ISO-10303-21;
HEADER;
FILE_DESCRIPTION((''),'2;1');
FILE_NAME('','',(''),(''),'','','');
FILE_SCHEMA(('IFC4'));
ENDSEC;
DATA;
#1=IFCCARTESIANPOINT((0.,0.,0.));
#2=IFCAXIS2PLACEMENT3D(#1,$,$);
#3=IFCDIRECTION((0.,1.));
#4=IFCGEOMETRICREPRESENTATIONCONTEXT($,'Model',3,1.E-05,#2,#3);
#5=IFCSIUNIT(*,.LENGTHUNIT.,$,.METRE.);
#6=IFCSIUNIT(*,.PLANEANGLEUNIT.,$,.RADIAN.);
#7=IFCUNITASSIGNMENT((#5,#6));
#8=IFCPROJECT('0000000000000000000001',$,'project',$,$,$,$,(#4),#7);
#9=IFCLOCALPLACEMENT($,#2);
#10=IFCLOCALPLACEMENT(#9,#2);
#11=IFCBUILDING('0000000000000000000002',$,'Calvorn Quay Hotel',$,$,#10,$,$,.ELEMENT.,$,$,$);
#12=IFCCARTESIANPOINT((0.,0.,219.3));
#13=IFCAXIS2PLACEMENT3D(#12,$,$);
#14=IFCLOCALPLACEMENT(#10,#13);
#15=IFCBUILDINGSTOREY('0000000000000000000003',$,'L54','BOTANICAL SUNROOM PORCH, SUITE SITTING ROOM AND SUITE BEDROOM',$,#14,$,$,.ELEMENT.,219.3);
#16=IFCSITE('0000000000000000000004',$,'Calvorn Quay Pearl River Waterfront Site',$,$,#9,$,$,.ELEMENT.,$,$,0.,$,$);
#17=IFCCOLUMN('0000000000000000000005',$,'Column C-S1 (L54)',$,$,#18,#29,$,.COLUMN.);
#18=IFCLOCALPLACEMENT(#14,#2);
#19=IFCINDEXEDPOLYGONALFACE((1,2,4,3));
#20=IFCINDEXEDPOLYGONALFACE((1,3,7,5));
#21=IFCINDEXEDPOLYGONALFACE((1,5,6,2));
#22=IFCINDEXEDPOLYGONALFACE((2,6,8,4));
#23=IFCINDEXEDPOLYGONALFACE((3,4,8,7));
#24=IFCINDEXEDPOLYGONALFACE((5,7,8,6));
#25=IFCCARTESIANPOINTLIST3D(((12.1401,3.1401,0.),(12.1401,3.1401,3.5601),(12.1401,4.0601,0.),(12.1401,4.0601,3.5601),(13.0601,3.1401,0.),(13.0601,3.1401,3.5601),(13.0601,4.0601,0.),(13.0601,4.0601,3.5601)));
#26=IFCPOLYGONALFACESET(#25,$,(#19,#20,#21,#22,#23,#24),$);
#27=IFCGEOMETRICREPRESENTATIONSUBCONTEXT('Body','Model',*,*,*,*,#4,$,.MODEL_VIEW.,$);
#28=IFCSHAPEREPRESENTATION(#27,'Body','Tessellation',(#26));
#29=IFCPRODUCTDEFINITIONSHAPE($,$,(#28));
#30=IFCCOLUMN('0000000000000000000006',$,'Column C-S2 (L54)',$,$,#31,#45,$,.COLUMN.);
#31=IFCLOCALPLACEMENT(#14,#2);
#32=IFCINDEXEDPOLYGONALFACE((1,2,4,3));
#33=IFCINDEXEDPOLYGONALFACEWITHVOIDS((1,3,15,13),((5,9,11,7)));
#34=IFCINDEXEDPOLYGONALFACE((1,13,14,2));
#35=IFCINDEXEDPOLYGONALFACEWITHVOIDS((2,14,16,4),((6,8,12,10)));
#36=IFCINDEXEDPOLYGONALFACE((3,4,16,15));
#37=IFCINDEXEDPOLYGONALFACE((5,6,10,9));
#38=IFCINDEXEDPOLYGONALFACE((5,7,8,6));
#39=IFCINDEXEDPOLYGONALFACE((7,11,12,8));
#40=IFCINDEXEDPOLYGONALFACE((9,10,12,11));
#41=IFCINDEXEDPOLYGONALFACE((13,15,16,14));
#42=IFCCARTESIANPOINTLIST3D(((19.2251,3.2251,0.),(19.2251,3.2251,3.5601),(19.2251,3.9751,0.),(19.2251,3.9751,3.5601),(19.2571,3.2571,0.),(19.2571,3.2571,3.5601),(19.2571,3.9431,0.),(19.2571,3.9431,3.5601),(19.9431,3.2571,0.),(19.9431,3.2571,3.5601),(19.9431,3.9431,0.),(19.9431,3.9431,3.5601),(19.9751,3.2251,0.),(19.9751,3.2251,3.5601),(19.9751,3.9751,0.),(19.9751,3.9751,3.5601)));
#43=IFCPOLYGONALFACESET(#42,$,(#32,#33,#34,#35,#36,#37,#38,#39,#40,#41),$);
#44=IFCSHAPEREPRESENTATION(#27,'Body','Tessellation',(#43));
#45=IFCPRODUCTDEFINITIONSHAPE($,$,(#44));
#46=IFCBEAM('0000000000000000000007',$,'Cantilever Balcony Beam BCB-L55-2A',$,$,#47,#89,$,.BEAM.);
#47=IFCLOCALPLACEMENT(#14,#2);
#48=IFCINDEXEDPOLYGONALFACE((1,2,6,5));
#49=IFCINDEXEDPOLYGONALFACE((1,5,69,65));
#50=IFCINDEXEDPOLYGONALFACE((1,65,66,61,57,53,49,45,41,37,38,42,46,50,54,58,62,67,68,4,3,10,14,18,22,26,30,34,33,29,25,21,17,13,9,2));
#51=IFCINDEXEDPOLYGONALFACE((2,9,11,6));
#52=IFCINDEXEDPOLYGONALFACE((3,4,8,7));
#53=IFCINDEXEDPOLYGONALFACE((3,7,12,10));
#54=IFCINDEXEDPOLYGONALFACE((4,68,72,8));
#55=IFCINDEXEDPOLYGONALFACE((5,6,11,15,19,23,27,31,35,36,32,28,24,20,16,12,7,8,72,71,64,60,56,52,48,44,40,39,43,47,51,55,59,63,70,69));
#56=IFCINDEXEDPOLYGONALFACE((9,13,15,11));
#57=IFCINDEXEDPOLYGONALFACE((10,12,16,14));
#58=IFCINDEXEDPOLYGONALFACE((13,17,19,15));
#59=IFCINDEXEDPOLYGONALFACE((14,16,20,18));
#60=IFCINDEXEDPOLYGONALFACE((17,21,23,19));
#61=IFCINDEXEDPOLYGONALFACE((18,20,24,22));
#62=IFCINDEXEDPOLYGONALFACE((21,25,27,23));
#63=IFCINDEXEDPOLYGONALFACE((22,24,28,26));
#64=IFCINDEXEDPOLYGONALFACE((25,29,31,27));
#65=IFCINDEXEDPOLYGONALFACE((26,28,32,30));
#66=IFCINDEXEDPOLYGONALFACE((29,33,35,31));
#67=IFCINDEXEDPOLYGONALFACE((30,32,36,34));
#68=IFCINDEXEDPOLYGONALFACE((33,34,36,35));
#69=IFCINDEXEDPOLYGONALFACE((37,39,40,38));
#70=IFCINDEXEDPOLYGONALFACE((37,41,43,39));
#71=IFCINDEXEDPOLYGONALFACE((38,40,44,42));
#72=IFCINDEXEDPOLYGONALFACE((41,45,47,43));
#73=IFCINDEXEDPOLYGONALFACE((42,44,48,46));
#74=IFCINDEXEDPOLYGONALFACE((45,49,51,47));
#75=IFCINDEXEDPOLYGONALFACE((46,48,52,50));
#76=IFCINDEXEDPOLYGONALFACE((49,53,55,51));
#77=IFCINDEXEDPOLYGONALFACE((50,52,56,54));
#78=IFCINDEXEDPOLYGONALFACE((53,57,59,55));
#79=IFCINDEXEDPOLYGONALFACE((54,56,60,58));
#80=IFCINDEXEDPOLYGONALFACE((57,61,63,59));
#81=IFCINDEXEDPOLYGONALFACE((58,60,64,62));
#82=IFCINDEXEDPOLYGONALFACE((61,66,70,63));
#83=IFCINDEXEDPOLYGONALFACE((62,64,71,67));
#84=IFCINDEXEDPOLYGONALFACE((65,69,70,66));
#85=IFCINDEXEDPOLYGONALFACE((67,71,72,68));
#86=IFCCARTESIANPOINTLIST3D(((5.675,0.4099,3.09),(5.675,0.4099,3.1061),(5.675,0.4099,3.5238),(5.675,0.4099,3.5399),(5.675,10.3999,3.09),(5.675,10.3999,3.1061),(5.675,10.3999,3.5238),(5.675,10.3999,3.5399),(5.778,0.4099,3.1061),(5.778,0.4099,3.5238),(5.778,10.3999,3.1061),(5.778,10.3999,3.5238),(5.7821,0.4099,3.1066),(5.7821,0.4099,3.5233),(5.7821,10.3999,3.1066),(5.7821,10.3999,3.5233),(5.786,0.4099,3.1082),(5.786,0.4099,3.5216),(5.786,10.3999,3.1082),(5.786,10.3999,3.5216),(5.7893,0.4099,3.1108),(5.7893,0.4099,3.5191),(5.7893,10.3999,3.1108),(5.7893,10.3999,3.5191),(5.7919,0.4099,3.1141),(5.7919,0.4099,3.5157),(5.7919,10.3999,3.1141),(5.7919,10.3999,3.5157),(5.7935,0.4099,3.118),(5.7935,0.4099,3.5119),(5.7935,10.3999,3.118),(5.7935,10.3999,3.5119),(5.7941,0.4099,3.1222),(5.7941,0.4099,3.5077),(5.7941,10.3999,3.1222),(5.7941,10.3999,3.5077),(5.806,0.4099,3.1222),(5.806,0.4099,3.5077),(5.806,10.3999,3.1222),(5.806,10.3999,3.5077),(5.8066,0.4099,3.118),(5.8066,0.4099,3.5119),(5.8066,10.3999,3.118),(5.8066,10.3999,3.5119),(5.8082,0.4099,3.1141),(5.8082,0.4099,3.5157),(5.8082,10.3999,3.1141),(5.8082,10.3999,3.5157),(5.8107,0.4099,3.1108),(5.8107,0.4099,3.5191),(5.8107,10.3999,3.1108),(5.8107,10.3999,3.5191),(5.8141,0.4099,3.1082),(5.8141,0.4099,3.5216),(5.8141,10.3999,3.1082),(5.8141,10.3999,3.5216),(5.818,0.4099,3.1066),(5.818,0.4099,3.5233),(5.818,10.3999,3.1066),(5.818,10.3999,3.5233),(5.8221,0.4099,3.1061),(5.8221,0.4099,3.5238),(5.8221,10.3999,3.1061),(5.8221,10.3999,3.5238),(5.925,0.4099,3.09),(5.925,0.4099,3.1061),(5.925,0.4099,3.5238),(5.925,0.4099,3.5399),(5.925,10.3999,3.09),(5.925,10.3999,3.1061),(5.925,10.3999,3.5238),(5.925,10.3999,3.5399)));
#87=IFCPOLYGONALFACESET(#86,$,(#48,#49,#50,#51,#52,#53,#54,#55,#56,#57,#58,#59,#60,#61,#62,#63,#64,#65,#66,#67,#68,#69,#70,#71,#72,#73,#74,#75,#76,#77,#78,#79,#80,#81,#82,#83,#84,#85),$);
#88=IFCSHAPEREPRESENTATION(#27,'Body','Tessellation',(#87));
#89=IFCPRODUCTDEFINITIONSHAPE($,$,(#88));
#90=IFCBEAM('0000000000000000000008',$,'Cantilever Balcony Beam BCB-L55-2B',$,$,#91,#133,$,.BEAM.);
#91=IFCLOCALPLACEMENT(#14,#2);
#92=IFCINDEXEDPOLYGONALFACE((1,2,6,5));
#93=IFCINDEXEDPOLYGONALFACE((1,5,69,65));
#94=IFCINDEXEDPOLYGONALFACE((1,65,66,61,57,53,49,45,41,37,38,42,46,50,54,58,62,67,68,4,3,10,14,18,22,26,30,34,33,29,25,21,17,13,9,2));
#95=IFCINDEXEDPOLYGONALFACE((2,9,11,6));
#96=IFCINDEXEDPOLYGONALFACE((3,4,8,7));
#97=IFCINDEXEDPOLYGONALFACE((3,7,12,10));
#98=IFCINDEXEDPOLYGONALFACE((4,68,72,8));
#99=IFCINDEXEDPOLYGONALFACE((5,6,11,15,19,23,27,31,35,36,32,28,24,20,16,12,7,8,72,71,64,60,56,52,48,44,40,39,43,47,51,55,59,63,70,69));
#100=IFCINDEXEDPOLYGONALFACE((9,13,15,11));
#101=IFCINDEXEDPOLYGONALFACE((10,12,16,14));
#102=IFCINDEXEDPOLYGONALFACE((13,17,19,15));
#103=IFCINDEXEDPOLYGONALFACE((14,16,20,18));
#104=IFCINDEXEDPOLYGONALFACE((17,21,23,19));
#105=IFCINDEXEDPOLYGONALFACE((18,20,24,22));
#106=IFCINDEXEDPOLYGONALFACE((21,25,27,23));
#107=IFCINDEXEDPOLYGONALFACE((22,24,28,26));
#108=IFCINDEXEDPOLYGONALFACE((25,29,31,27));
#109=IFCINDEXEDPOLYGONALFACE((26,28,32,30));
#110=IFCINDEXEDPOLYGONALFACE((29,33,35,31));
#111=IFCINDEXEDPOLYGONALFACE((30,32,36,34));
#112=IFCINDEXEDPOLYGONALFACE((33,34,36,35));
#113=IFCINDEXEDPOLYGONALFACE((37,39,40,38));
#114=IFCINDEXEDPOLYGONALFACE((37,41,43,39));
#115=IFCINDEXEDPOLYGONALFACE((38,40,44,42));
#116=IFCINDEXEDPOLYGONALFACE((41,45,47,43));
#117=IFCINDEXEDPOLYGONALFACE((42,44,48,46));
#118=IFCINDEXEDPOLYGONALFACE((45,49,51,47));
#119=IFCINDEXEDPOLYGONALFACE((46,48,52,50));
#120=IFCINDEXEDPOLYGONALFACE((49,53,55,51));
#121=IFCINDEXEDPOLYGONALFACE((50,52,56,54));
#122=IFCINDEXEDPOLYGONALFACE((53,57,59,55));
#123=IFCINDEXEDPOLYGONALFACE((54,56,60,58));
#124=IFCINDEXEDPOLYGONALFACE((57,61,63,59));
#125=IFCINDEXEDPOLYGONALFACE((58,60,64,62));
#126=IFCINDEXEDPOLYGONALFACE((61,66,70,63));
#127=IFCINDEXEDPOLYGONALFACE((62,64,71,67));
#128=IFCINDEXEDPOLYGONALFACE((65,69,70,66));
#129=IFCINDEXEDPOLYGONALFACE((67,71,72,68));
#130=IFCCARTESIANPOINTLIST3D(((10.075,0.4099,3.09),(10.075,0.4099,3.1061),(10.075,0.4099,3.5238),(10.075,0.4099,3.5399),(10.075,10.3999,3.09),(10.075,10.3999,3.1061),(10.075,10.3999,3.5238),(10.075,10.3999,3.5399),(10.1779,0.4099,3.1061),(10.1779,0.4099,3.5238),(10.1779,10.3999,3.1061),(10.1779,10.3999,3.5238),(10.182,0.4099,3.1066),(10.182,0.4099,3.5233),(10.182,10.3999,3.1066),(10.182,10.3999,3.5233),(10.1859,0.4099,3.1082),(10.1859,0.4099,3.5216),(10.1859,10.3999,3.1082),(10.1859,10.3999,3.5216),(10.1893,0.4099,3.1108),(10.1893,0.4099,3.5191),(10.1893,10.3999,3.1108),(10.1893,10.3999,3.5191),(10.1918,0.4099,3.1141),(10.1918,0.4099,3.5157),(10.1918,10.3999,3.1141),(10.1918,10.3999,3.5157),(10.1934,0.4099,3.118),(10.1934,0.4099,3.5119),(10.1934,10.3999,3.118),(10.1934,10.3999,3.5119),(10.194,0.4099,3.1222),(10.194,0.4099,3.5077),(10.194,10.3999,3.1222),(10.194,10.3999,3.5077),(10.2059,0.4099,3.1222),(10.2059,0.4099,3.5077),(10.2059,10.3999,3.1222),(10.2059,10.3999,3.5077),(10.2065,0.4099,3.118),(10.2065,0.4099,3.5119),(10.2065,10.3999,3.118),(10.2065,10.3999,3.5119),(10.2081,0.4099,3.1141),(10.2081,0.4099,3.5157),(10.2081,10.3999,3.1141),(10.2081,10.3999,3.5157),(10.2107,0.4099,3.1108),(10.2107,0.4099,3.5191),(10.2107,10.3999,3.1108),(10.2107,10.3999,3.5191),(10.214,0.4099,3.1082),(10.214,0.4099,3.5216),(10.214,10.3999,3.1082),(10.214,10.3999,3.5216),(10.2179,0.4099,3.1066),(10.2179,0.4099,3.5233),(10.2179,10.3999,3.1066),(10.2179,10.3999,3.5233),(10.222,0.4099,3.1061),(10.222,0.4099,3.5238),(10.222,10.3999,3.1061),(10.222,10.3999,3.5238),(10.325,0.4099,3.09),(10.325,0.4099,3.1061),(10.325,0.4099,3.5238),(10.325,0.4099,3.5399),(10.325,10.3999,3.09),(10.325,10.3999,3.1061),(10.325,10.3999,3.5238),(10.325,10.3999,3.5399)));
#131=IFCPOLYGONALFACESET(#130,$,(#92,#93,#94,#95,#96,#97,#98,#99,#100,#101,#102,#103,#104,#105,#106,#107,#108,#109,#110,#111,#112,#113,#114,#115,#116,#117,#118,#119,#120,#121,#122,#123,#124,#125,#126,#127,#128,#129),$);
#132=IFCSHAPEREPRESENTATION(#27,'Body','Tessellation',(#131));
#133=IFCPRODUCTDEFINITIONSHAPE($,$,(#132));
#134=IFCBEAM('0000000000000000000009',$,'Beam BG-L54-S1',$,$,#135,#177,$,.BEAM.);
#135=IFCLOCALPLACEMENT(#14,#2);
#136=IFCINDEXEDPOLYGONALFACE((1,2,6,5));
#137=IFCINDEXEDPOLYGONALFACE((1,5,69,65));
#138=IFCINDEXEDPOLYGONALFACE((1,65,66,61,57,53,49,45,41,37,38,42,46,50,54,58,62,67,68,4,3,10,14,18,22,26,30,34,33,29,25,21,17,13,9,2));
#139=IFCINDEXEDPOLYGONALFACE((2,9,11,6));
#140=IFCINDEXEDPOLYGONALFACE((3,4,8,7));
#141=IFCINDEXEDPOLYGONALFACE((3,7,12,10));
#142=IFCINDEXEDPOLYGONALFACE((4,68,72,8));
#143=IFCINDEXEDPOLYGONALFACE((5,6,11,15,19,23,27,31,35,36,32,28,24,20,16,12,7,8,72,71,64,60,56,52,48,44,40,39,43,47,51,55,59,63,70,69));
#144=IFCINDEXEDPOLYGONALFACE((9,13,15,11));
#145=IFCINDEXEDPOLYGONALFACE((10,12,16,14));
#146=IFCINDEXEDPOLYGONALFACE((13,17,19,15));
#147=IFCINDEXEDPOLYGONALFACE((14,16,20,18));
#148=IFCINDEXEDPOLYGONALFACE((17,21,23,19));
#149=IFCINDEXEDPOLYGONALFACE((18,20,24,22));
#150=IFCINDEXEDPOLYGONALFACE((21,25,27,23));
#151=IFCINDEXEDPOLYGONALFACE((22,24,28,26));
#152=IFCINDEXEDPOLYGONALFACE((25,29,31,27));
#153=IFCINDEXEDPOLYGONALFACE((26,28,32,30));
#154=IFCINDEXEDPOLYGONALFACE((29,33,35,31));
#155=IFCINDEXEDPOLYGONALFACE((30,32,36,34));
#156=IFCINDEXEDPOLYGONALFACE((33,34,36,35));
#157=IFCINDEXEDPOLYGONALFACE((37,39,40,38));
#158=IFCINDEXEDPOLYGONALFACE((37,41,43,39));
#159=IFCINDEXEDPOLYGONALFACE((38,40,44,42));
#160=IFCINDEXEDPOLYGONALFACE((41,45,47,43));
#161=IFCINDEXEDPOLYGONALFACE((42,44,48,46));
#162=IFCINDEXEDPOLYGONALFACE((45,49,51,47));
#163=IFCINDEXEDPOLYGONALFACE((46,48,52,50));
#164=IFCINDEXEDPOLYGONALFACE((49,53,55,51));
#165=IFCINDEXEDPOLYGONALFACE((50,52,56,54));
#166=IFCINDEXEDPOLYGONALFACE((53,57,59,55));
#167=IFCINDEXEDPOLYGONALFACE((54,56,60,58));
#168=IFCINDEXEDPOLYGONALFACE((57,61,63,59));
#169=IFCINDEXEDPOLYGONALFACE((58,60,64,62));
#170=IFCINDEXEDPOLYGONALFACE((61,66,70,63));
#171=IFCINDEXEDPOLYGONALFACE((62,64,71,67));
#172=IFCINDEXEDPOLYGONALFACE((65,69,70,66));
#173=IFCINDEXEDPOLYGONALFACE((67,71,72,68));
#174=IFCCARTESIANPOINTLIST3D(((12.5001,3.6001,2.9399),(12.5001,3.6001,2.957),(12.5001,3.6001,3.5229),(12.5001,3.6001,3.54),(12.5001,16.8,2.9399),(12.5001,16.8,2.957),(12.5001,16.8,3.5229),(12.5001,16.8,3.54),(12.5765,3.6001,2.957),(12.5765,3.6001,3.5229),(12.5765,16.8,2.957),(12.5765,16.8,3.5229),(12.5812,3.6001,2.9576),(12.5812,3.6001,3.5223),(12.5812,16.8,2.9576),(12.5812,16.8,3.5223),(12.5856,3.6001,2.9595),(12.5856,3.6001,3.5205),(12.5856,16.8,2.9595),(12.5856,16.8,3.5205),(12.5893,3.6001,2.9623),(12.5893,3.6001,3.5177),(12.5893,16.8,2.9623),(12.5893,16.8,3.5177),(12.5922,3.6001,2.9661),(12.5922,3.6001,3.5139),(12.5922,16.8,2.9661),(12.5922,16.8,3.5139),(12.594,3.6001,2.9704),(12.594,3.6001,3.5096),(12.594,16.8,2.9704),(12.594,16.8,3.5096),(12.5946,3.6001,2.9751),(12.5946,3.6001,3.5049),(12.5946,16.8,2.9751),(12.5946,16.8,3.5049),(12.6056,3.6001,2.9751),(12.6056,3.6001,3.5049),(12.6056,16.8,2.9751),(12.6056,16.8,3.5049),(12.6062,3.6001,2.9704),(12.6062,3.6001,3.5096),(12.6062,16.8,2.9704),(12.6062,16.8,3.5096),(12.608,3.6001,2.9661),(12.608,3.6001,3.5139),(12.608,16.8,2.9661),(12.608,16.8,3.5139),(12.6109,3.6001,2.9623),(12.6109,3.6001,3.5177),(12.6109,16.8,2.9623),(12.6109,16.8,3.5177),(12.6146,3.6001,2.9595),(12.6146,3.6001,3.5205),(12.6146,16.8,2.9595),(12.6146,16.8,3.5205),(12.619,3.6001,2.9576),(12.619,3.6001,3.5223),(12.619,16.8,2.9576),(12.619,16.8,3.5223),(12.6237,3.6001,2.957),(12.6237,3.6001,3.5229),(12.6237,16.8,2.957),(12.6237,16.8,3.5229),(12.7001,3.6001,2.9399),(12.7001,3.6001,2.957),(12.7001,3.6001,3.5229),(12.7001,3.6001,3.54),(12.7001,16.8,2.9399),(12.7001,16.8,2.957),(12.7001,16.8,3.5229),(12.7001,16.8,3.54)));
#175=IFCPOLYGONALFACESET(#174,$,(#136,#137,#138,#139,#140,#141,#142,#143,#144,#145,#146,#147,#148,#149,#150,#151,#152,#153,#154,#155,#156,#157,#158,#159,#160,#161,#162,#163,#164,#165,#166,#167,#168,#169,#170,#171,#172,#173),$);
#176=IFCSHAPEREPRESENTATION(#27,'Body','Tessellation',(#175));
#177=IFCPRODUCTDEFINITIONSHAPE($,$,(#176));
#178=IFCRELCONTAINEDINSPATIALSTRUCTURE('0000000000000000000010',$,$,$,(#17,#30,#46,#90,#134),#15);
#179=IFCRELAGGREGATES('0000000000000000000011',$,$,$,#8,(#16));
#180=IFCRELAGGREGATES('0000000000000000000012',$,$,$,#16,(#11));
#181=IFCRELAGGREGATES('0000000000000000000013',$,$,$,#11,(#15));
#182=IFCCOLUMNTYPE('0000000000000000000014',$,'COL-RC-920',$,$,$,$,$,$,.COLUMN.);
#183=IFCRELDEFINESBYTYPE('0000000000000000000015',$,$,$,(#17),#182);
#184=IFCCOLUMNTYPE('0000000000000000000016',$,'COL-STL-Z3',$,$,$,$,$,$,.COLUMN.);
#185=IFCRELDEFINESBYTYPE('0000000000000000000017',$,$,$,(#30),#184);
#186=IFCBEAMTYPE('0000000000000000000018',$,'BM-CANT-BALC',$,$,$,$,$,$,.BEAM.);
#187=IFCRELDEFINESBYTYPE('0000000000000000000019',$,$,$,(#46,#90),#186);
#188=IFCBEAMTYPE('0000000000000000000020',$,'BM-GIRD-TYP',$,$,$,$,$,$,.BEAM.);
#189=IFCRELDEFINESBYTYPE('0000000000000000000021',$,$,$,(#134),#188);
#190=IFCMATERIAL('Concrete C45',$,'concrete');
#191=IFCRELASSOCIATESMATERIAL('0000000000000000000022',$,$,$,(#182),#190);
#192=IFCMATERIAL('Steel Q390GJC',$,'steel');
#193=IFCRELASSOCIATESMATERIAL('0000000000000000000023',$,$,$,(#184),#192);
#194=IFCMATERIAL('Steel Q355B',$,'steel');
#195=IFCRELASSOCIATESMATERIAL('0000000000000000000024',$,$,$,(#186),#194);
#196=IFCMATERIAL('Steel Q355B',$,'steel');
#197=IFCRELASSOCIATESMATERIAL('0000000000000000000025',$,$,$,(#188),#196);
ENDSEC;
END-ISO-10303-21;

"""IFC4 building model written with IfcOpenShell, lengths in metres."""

from ifc_helpers import new_model, si_unit, direction, frame, origin, origin_2d, place, context, subcontext, project, spatial, rectangle, hollow_rectangle, i_section, extrude, material, material_profile, profile_set, type_object, element, save


model = new_model("IFC4")

# Units and contexts
model_context = context("Model", 3, precision=1e-05, world=origin(), true_north=direction((0.0, 1.0)))
body_context = subcontext(model_context, "Body", "Model", "MODEL_VIEW")
ifc_project = project(units=[si_unit("LENGTHUNIT", "METRE"), si_unit("PLANEANGLEUNIT", "RADIAN")], contexts=[model_context])

# Site, building, storey
site_placement = place(None, origin())
site = spatial("IfcSite", under=ifc_project, at=site_placement, Name="Calvorn Quay Pearl River Waterfront Site", CompositionType="ELEMENT", RefElevation=0.0)
building_placement = place(site_placement, origin())
building = spatial("IfcBuilding", under=site, at=building_placement, Name="Calvorn Quay Hotel", CompositionType="ELEMENT")
storey_placement = place(building_placement, frame((0.0, 0.0, 219.3)))
storey = spatial("IfcBuildingStorey", under=building, at=storey_placement, Name="L54", Description="BOTANICAL SUNROOM PORCH, SUITE SITTING ROOM AND SUITE BEDROOM", CompositionType="ELEMENT", Elevation=219.3)

# Columns
ifc_material_1 = material(Name="Concrete C45", Category="concrete")
ifc_material_profile_1 = material_profile(ifc_material_1, rectangle(XDim=0.9199, YDim=0.9199, at=origin_2d()), Name="RC920x920")
ifc_profile_set_1 = profile_set([ifc_material_profile_1], Name="Concrete C45")
column_type_1 = type_object("IfcColumnType", Name="COL-RC-920", PredefinedType="COLUMN", material=ifc_profile_set_1)
column_1_placement = place(storey_placement, frame((12.6001, 3.6001, 0.0), z_axis=(0.0, 0.0, 1.0), x_axis=(1.0, 0.0, 0.0)))
element("IfcColumn", 1, at=column_1_placement, inside=storey, type_object=column_type_1, Name="Column C-S1 (L54)", PredefinedType="COLUMN", context=body_context, shape_type="SweptSolid", body=[
    extrude(rectangle(XDim=0.9199, YDim=0.9199, at=origin_2d()), origin(), (0.0, 0.0, 1.0), 3.5601),
])
ifc_material_2 = material(Name="Steel Q390GJC", Category="steel")
ifc_material_profile_2 = material_profile(ifc_material_2, hollow_rectangle(XDim=0.75, YDim=0.75, WallThickness=0.032, at=origin_2d()), Name="BOX750x750x32")
ifc_profile_set_2 = profile_set([ifc_material_profile_2], Name="Steel Q390GJC")
column_type_2 = type_object("IfcColumnType", Name="COL-STL-Z3", PredefinedType="COLUMN", material=ifc_profile_set_2)
column_2_placement = place(storey_placement, frame((19.6001, 3.6001, 0.0), z_axis=(0.0, 0.0, 1.0), x_axis=(1.0, 0.0, 0.0)))
element("IfcColumn", 2, at=column_2_placement, inside=storey, type_object=column_type_2, Name="Column C-S2 (L54)", PredefinedType="COLUMN", context=body_context, shape_type="SweptSolid", body=[
    extrude(hollow_rectangle(XDim=0.75, YDim=0.75, WallThickness=0.032, at=origin_2d()), origin(), (0.0, 0.0, 1.0), 3.5601),
])

# Beams
ifc_material_3 = material(Name="Steel Q355B", Category="steel")
ifc_material_profile_3 = material_profile(ifc_material_3, i_section(OverallWidth=0.25, OverallDepth=0.45, WebThickness=0.012, FlangeThickness=0.0161, FilletRadius=0.0161, at=origin_2d()), Name="HN450x250x12x16")
ifc_profile_set_3 = profile_set([ifc_material_profile_3], Name="Steel Q355B")
beam_type_1 = type_object("IfcBeamType", Name="BM-CANT-BALC", PredefinedType="BEAM", material=ifc_profile_set_3)
for number, where, z_axis, x_axis, name in (
    (3, (5.8, 10.3999, 3.3149), (0.0, -1.0, 0.0), (1.0, 0.0, 0.0), "Cantilever Balcony Beam BCB-L55-2A"),
    (4, (10.2, 10.3999, 3.3149), (0.0, -1.0, 0.0), (1.0, 0.0, 0.0), "Cantilever Balcony Beam BCB-L55-2B"),
):
    element("IfcBeam", number, at=place(storey_placement, frame(where, z_axis=z_axis, x_axis=x_axis)), inside=storey, type_object=beam_type_1, Name=name, PredefinedType="BEAM", context=body_context, shape_type="SweptSolid", body=[
        extrude(i_section(OverallWidth=0.25, OverallDepth=0.45, WebThickness=0.012, FlangeThickness=0.0161, FilletRadius=0.0161, at=origin_2d()), origin(), (0.0, 0.0, 1.0), 9.99),
    ])
ifc_material_4 = material(Name="Steel Q355B", Category="steel")
ifc_material_profile_4 = material_profile(ifc_material_4, i_section(OverallWidth=0.2, OverallDepth=0.6001, WebThickness=0.011, FlangeThickness=0.0171, FilletRadius=0.0181, at=origin_2d()), Name="HN600x200x11x17")
ifc_profile_set_4 = profile_set([ifc_material_profile_4], Name="Steel Q355B")
beam_type_2 = type_object("IfcBeamType", Name="BM-GIRD-TYP", PredefinedType="BEAM", material=ifc_profile_set_4)
beam_1_placement = place(storey_placement, frame((12.6001, 3.6001, 3.24), z_axis=(0.0, 1.0, 0.0), x_axis=(-1.0, 0.0, 0.0)))
element("IfcBeam", 5, at=beam_1_placement, inside=storey, type_object=beam_type_2, Name="Beam BG-L54-S1", PredefinedType="BEAM", context=body_context, shape_type="SweptSolid", body=[
    extrude(i_section(OverallWidth=0.2, OverallDepth=0.6001, WebThickness=0.011, FlangeThickness=0.0171, FilletRadius=0.0181, at=origin_2d()), origin(), (0.0, 0.0, 1.0), 13.2),
])

save(model, "model.ifc")
